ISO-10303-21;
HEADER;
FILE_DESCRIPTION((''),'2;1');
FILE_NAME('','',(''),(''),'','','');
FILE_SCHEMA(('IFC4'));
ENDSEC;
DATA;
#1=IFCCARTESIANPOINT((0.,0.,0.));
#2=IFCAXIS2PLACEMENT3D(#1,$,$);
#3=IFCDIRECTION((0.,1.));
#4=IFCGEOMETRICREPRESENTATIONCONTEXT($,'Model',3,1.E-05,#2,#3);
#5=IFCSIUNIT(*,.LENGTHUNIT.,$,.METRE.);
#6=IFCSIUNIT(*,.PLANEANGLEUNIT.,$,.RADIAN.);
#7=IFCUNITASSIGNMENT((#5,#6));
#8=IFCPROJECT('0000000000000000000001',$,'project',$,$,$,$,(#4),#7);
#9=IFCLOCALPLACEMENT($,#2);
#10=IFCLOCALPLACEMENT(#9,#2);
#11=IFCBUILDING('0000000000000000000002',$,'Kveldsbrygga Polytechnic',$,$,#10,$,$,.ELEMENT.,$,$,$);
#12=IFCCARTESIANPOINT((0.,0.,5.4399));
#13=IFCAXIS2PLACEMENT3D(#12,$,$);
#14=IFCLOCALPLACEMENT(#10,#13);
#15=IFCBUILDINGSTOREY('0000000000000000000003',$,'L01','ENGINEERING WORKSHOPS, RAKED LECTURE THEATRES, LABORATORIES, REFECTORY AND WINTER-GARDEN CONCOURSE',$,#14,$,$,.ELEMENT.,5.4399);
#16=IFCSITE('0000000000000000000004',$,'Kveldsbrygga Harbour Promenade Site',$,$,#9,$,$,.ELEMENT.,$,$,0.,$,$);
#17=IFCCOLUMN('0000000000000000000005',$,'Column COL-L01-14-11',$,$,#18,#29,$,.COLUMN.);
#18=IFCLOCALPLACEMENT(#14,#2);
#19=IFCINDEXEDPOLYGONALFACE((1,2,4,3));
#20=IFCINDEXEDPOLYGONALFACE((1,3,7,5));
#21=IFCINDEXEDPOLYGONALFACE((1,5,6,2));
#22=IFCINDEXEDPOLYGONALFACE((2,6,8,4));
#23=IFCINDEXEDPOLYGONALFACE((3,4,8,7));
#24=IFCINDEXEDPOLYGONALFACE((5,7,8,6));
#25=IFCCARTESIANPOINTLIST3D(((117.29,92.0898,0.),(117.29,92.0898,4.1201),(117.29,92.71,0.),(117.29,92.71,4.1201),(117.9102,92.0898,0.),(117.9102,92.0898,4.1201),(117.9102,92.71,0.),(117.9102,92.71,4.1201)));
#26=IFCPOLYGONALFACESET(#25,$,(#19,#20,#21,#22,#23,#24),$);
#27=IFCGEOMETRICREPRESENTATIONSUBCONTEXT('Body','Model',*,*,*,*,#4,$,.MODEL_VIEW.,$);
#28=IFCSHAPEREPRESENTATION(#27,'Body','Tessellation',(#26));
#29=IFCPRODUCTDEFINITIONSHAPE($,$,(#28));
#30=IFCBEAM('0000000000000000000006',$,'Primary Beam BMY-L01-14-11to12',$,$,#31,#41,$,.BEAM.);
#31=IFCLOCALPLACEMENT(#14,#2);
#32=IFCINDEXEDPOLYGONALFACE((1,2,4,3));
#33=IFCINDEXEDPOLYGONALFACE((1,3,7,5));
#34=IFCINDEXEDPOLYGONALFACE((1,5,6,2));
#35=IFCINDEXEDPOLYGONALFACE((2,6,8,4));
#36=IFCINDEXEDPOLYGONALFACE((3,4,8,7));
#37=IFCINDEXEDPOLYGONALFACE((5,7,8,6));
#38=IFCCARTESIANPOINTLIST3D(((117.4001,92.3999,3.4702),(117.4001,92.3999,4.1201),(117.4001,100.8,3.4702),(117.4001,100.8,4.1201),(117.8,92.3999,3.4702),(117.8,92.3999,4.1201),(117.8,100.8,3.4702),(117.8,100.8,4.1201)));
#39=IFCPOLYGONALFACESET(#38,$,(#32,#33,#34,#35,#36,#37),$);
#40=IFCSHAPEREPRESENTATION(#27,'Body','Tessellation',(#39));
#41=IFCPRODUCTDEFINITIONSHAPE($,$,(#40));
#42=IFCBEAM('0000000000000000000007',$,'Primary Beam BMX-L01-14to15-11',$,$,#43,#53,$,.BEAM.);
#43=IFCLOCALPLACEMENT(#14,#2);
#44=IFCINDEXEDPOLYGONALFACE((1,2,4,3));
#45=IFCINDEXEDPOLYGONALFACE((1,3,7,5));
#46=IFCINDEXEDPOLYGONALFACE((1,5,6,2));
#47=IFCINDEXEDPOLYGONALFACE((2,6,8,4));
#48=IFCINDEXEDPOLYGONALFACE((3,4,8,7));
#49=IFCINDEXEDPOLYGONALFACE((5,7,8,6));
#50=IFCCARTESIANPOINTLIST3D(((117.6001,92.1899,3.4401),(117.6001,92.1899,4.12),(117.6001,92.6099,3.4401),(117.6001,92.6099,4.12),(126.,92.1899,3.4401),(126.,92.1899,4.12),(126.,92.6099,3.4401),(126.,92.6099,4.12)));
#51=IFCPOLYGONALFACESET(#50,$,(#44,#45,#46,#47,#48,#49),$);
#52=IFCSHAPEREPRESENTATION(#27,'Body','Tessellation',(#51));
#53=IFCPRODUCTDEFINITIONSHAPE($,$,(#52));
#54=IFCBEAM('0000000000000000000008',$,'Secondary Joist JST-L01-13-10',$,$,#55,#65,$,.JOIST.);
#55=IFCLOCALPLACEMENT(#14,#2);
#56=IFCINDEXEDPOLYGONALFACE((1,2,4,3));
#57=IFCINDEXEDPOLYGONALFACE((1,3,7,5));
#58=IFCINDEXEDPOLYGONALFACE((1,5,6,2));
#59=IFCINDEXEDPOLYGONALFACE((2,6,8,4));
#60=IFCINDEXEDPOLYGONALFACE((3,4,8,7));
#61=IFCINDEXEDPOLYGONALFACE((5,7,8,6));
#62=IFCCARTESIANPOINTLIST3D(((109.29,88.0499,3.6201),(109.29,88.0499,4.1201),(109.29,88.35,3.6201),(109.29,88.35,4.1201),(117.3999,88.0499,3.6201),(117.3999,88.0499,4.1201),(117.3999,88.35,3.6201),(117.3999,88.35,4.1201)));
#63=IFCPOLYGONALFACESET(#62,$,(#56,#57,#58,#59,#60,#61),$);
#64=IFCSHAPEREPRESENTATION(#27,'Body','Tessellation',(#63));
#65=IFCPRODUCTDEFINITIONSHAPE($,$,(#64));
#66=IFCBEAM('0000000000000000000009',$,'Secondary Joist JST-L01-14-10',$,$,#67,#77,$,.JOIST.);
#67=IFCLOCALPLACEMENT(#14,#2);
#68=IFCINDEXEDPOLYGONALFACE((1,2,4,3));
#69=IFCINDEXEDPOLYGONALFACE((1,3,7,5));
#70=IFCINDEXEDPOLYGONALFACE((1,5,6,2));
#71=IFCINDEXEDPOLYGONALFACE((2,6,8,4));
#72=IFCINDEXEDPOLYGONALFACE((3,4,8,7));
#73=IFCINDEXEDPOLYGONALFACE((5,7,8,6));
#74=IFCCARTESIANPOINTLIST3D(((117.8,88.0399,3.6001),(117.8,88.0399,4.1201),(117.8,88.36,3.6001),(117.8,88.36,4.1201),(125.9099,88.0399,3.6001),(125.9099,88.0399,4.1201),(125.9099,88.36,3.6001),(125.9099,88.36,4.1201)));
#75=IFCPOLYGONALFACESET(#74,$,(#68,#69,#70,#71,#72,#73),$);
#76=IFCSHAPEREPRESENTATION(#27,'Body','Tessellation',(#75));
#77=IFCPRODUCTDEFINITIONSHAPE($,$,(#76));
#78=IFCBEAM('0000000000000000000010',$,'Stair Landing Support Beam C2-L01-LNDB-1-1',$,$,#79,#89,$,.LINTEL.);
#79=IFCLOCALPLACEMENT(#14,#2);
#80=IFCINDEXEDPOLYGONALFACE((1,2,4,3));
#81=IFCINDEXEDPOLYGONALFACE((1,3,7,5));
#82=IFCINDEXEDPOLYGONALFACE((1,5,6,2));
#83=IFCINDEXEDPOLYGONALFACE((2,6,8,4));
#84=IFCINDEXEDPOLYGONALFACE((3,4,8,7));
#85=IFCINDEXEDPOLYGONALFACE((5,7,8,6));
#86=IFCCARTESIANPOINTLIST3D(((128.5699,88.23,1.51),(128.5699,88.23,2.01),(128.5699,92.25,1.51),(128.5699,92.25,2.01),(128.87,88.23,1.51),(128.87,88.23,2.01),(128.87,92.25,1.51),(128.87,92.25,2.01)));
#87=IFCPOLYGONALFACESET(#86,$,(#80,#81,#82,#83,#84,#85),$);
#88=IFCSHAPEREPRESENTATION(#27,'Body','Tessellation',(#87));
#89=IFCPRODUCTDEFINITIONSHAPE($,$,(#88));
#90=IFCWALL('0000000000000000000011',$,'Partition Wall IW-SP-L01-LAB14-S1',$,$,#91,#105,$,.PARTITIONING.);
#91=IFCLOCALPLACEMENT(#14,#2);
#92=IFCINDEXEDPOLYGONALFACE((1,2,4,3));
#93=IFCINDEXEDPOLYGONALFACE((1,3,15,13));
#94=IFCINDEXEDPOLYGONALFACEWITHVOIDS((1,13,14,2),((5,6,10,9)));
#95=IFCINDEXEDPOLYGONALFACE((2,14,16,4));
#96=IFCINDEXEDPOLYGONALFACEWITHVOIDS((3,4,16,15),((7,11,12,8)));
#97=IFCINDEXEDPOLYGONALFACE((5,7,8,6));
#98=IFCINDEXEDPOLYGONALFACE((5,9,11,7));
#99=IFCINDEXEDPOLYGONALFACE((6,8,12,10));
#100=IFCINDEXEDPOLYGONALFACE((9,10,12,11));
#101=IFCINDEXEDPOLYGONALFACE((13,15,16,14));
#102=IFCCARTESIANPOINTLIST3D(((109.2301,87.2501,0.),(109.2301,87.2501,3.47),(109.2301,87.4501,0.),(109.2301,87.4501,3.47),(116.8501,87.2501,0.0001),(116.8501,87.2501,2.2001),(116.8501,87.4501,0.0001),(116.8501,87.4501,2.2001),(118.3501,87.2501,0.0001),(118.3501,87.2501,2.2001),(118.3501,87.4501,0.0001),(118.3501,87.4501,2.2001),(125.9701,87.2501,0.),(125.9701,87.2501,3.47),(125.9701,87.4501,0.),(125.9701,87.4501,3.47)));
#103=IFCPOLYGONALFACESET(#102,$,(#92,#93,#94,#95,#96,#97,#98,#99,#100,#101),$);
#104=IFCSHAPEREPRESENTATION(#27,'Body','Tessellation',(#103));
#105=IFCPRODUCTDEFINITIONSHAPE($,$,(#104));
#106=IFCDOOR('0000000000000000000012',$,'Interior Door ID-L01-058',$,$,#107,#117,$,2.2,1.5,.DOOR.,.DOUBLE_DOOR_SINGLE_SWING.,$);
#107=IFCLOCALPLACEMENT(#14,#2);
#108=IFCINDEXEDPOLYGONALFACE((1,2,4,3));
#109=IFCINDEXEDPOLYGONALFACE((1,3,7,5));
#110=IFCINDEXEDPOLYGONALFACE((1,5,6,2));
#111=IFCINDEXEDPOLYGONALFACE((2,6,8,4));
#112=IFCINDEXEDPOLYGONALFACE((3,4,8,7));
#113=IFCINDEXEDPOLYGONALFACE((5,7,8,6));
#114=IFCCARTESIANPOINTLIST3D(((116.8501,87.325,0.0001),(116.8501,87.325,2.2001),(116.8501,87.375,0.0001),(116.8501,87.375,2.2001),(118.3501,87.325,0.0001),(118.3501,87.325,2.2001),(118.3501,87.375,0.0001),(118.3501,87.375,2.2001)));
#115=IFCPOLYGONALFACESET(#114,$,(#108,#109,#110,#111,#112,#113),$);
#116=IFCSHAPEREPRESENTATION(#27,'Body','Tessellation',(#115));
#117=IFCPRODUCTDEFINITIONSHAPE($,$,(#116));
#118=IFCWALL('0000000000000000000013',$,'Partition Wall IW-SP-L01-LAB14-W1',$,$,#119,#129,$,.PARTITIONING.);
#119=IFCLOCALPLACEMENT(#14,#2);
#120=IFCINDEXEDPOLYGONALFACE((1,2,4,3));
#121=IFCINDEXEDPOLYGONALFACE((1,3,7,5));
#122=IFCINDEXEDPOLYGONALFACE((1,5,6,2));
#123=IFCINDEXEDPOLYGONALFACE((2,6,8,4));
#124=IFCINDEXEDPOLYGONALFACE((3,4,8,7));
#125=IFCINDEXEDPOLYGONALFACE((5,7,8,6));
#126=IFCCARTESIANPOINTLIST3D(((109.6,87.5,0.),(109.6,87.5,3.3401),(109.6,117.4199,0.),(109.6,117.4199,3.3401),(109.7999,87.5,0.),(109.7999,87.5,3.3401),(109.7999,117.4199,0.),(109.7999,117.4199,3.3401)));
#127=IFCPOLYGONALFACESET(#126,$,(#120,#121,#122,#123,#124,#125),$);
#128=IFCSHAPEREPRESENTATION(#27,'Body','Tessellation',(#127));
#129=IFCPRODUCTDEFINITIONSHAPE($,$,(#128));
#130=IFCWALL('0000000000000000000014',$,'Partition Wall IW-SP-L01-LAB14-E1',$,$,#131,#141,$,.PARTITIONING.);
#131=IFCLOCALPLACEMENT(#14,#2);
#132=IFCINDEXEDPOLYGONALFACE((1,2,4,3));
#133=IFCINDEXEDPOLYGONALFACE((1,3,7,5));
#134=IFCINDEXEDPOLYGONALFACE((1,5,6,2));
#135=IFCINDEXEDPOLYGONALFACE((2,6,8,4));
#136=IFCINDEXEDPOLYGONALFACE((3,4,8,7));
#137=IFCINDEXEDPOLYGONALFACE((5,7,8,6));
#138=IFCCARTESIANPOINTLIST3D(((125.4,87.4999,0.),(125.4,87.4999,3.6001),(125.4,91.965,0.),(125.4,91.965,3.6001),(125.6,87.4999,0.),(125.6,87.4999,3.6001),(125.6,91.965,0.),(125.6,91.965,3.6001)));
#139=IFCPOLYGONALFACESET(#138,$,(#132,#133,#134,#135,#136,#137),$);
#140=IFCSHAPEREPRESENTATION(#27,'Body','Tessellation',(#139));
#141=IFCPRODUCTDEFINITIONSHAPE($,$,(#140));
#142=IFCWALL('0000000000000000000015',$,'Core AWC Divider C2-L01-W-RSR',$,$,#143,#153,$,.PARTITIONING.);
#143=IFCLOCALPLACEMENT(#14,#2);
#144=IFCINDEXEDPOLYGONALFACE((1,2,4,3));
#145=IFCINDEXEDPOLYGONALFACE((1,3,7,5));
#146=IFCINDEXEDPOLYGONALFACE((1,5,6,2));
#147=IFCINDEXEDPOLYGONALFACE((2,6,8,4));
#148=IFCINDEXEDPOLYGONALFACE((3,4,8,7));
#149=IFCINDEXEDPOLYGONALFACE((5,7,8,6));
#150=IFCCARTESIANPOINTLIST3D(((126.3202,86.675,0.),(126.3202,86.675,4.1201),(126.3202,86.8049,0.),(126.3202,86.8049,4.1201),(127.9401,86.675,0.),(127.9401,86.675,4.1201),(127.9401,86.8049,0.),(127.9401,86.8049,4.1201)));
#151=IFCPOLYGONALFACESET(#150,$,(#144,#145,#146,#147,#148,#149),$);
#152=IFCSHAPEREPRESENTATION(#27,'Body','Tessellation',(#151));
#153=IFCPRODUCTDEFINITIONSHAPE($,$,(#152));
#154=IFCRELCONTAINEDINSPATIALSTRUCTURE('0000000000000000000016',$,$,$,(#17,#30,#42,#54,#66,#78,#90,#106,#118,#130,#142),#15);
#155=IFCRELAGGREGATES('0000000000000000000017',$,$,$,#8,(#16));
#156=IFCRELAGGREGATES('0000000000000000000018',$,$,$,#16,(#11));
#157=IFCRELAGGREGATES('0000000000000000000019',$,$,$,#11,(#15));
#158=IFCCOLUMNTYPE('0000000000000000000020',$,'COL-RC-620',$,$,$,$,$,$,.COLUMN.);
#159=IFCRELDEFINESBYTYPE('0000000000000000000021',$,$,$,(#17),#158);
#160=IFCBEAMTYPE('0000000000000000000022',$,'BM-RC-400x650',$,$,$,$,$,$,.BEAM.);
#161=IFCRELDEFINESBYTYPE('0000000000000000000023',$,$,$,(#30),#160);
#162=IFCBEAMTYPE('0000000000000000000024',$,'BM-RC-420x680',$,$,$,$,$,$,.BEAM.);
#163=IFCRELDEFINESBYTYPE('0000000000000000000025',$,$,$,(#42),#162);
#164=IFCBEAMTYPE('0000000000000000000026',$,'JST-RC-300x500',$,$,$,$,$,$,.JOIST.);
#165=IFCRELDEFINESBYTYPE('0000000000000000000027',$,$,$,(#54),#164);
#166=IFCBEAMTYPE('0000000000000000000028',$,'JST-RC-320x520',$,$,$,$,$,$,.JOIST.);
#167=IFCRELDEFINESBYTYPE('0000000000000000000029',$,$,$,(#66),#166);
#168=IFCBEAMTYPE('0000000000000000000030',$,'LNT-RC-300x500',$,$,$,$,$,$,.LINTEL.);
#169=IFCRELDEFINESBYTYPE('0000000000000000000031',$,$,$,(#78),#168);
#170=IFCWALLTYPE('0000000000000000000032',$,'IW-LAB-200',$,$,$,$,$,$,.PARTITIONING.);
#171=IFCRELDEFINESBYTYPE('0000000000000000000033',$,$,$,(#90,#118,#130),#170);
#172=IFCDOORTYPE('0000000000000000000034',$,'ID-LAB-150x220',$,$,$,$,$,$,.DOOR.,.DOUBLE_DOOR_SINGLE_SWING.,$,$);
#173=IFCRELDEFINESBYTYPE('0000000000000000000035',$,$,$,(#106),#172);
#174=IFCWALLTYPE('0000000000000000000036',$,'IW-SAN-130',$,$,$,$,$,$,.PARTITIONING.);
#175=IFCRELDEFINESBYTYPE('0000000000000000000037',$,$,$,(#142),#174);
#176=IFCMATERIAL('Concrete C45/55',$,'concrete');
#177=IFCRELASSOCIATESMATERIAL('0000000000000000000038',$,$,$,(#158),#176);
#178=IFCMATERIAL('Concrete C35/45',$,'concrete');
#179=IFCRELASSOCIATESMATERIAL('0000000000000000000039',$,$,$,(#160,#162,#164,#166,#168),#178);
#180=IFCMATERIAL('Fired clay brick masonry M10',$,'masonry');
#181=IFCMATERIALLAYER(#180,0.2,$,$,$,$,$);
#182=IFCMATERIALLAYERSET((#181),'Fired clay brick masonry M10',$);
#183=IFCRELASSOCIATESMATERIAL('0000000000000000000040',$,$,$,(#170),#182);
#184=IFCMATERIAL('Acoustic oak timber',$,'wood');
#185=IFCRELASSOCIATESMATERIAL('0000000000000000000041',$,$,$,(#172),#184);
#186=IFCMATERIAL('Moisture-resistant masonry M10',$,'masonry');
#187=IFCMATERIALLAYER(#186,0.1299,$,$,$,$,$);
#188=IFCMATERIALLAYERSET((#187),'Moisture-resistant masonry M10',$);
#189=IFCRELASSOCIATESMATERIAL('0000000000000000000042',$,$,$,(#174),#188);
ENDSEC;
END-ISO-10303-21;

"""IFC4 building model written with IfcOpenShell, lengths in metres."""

from ifc_helpers import new_model, si_unit, direction, frame, frame_2d, origin, origin_2d, place, context, subcontext, project, spatial, rectangle, extrude, material, layer, layer_set, material_profile, profile_set, type_object, element, fill, save


model = new_model("IFC4")

# Units and contexts
model_context = context("Model", 3, precision=1e-05, world=origin(), true_north=direction((0.0, 1.0)))
body_context = subcontext(model_context, "Body", "Model", "MODEL_VIEW")
ifc_project = project(units=[si_unit("LENGTHUNIT", "METRE"), si_unit("PLANEANGLEUNIT", "RADIAN")], contexts=[model_context])

# Site, building, storey
site_placement = place(None, origin())
site = spatial("IfcSite", under=ifc_project, at=site_placement, Name="Kveldsbrygga Harbour Promenade Site", CompositionType="ELEMENT", RefElevation=0.0)
building_placement = place(site_placement, origin())
building = spatial("IfcBuilding", under=site, at=building_placement, Name="Kveldsbrygga Polytechnic", CompositionType="ELEMENT")
storey_placement = place(building_placement, frame((0.0, 0.0, 5.4399)))
storey = spatial("IfcBuildingStorey", under=building, at=storey_placement, Name="L01", Description="ENGINEERING WORKSHOPS, RAKED LECTURE THEATRES, LABORATORIES, REFECTORY AND WINTER-GARDEN CONCOURSE", CompositionType="ELEMENT", Elevation=5.4399)

# Column
ifc_material_1 = material(Name="Concrete C45/55", Category="concrete")
ifc_material_profile_1 = material_profile(ifc_material_1, rectangle(XDim=0.6201, YDim=0.6201, at=origin_2d()), Name="RC 620x620")
ifc_profile_set_1 = profile_set([ifc_material_profile_1], Name="Concrete C45/55")
column_type = type_object("IfcColumnType", Name="COL-RC-620", PredefinedType="COLUMN", material=ifc_profile_set_1)
column_placement = place(storey_placement, frame((117.6001, 92.3999, 0.0), z_axis=(0.0, 0.0, 1.0), x_axis=(1.0, 0.0, 0.0)))
element("IfcColumn", 1, at=column_placement, inside=storey, type_object=column_type, Name="Column COL-L01-14-11", PredefinedType="COLUMN", context=body_context, shape_type="SweptSolid", body=[
    extrude(rectangle(XDim=0.6201, YDim=0.6201, at=origin_2d()), origin(), (0.0, 0.0, 1.0), 4.1201),
])

# Beams
ifc_material_2 = material(Name="Concrete C35/45", Category="concrete")
ifc_material_profile_2 = material_profile(ifc_material_2, rectangle(XDim=0.3999, YDim=0.6499, at=origin_2d()), Name="RC 400x650")
ifc_profile_set_2 = profile_set([ifc_material_profile_2], Name="Concrete C35/45")
beam_type_1 = type_object("IfcBeamType", Name="BM-RC-400x650", PredefinedType="BEAM", material=ifc_profile_set_2)
beam_1_placement = place(storey_placement, frame((117.6001, 92.3999, 3.7952), z_axis=(0.0, 1.0, 0.0), x_axis=(-1.0, 0.0, 0.0)))
element("IfcBeam", 2, at=beam_1_placement, inside=storey, type_object=beam_type_1, Name="Primary Beam BMY-L01-14-11to12", PredefinedType="BEAM", context=body_context, shape_type="SweptSolid", body=[
    extrude(rectangle(XDim=0.3999, YDim=0.6499, at=origin_2d()), origin(), (0.0, 0.0, 1.0), 8.4001),
])
ifc_material_profile_3 = material_profile(ifc_material_2, rectangle(XDim=0.4199, YDim=0.6799, at=origin_2d()), Name="RC 420x680")
ifc_profile_set_3 = profile_set([ifc_material_profile_3], Name="Concrete C35/45")
beam_type_2 = type_object("IfcBeamType", Name="BM-RC-420x680", PredefinedType="BEAM", material=ifc_profile_set_3)
beam_2_placement = place(storey_placement, frame((117.6001, 92.3999, 3.78), z_axis=(1.0, 0.0, 0.0), x_axis=(0.0, 1.0, 0.0)))
element("IfcBeam", 3, at=beam_2_placement, inside=storey, type_object=beam_type_2, Name="Primary Beam BMX-L01-14to15-11", PredefinedType="BEAM", context=body_context, shape_type="SweptSolid", body=[
    extrude(rectangle(XDim=0.4199, YDim=0.6799, at=origin_2d()), origin(), (0.0, 0.0, 1.0), 8.3999),
])
ifc_material_profile_4 = material_profile(ifc_material_2, rectangle(XDim=0.3, YDim=0.5, at=origin_2d()), Name="RC 300x500")
ifc_profile_set_4 = profile_set([ifc_material_profile_4], Name="Concrete C35/45")
beam_type_3 = type_object("IfcBeamType", Name="JST-RC-300x500", PredefinedType="JOIST", material=ifc_profile_set_4)
beam_3_placement = place(storey_placement, frame((109.29, 88.2, 3.8701), z_axis=(1.0, 0.0, 0.0), x_axis=(0.0, 1.0, 0.0)))
element("IfcBeam", 4, at=beam_3_placement, inside=storey, type_object=beam_type_3, Name="Secondary Joist JST-L01-13-10", PredefinedType="JOIST", context=body_context, shape_type="SweptSolid", body=[
    extrude(rectangle(XDim=0.3, YDim=0.5, at=origin_2d()), origin(), (0.0, 0.0, 1.0), 8.1099),
])
ifc_material_profile_5 = material_profile(ifc_material_2, rectangle(XDim=0.3201, YDim=0.52, at=origin_2d()), Name="RC 320x520")
ifc_profile_set_5 = profile_set([ifc_material_profile_5], Name="Concrete C35/45")
beam_type_4 = type_object("IfcBeamType", Name="JST-RC-320x520", PredefinedType="JOIST", material=ifc_profile_set_5)
beam_4_placement = place(storey_placement, frame((117.8, 88.2, 3.8601), z_axis=(1.0, 0.0, 0.0), x_axis=(0.0, 1.0, 0.0)))
element("IfcBeam", 5, at=beam_4_placement, inside=storey, type_object=beam_type_4, Name="Secondary Joist JST-L01-14-10", PredefinedType="JOIST", context=body_context, shape_type="SweptSolid", body=[
    extrude(rectangle(XDim=0.3201, YDim=0.52, at=origin_2d()), origin(), (0.0, 0.0, 1.0), 8.1099),
])
ifc_material_profile_6 = material_profile(ifc_material_2, rectangle(XDim=0.3, YDim=0.5, at=origin_2d()), Name="RC 300x500")
ifc_profile_set_6 = profile_set([ifc_material_profile_6], Name="Concrete C35/45")
beam_type_5 = type_object("IfcBeamType", Name="LNT-RC-300x500", PredefinedType="LINTEL", material=ifc_profile_set_6)
beam_5_placement = place(storey_placement, frame((128.72, 88.23, 1.76), z_axis=(0.0, 1.0, 0.0), x_axis=(-1.0, 0.0, 0.0)))
element("IfcBeam", 6, at=beam_5_placement, inside=storey, type_object=beam_type_5, Name="Stair Landing Support Beam C2-L01-LNDB-1-1", PredefinedType="LINTEL", context=body_context, shape_type="SweptSolid", body=[
    extrude(rectangle(XDim=0.3, YDim=0.5, at=origin_2d()), origin(), (0.0, 0.0, 1.0), 4.02),
])

# Wall, opening, door
ifc_material_3 = material(Name="Fired clay brick masonry M10", Category="masonry")
ifc_layer_1 = layer(ifc_material_3, 0.2)
ifc_layer_set_1 = layer_set([ifc_layer_1], Name="Fired clay brick masonry M10")
wall_type_1 = type_object("IfcWallType", Name="IW-LAB-200", PredefinedType="PARTITIONING", material=ifc_layer_set_1)
wall_1_placement = place(storey_placement, frame((109.23, 87.3501, 0.0), z_axis=(0.0, 0.0, 1.0), x_axis=(1.0, 0.0, 0.0)))
wall_1 = element("IfcWall", 7, at=wall_1_placement, inside=storey, type_object=wall_type_1, Name="Partition Wall IW-SP-L01-LAB14-S1", PredefinedType="PARTITIONING", context=body_context, shape_type="SweptSolid", body=[
    extrude(rectangle(XDim=16.74, YDim=0.2, at=frame_2d((8.3701, 0.0))), origin(), (0.0, 0.0, 1.0), 3.47),
])
opening_1_placement = place(wall_1_placement, frame((7.6201, 0.0, 0.0)))
opening_1 = element("IfcOpeningElement", 8, at=opening_1_placement, cuts=wall_1, PredefinedType="OPENING", context=body_context, shape_type="SweptSolid", body=[
    extrude(rectangle(XDim=1.5, YDim=2.2, at=frame_2d((0.75, 1.1001))), frame((0.0, 0.1099, 0.0), z_axis=(0.0, -1.0, 0.0), x_axis=(1.0, 0.0, 0.0)), (0.0, 0.0, 1.0), 0.22),
])
ifc_material_4 = material(Name="Acoustic oak timber", Category="wood")
door_type_1 = type_object("IfcDoorType", Name="ID-LAB-150x220", OperationType="DOUBLE_DOOR_SINGLE_SWING", PredefinedType="DOOR", material=ifc_material_4)
door_1_placement = place(opening_1_placement, origin())
door_1 = element("IfcDoor", 9, at=door_1_placement, inside=storey, type_object=door_type_1, Name="Interior Door ID-L01-058", OperationType="DOUBLE_DOOR_SINGLE_SWING", OverallHeight=2.2, OverallWidth=1.5, PredefinedType="DOOR", context=body_context, shape_type="SweptSolid", body=[
    extrude(rectangle(XDim=1.5, YDim=2.2, at=frame_2d((0.75, 1.1001))), frame((0.0, 0.0249, 0.0), z_axis=(0.0, -1.0, 0.0), x_axis=(1.0, 0.0, 0.0)), (0.0, 0.0, 1.0), 0.05),
])
fill(opening_1, door_1)

# Walls
wall_2_placement = place(storey_placement, frame((109.7, 87.5, 0.0), z_axis=(0.0, 0.0, 1.0), x_axis=(0.0, 1.0, 0.0)))
element("IfcWall", 10, at=wall_2_placement, inside=storey, type_object=wall_type_1, Name="Partition Wall IW-SP-L01-LAB14-W1", PredefinedType="PARTITIONING", context=body_context, shape_type="SweptSolid", body=[
    extrude(rectangle(XDim=29.9199, YDim=0.2, at=frame_2d((14.96, 0.0))), origin(), (0.0, 0.0, 1.0), 3.3401),
])
wall_3_placement = place(storey_placement, frame((125.5, 87.5, 0.0), z_axis=(0.0, 0.0, 1.0), x_axis=(0.0, 1.0, 0.0)))
element("IfcWall", 11, at=wall_3_placement, inside=storey, type_object=wall_type_1, Name="Partition Wall IW-SP-L01-LAB14-E1", PredefinedType="PARTITIONING", context=body_context, shape_type="SweptSolid", body=[
    extrude(rectangle(XDim=4.4651, YDim=0.2, at=frame_2d((2.2324, 0.0))), origin(), (0.0, 0.0, 1.0), 3.6001),
])
ifc_material_5 = material(Name="Moisture-resistant masonry M10", Category="masonry")
ifc_layer_2 = layer(ifc_material_5, 0.1299)
ifc_layer_set_2 = layer_set([ifc_layer_2], Name="Moisture-resistant masonry M10")
wall_type_2 = type_object("IfcWallType", Name="IW-SAN-130", PredefinedType="PARTITIONING", material=ifc_layer_set_2)
wall_4_placement = place(storey_placement, frame((126.3201, 86.74, 0.0), z_axis=(0.0, 0.0, 1.0), x_axis=(1.0, 0.0, 0.0)))
element("IfcWall", 12, at=wall_4_placement, inside=storey, type_object=wall_type_2, Name="Core AWC Divider C2-L01-W-RSR", PredefinedType="PARTITIONING", context=body_context, shape_type="SweptSolid", body=[
    extrude(rectangle(XDim=1.6199, YDim=0.1299, at=frame_2d((0.8101, 0.0))), origin(), (0.0, 0.0, 1.0), 4.1201),
])

save(model, "model.ifc")
